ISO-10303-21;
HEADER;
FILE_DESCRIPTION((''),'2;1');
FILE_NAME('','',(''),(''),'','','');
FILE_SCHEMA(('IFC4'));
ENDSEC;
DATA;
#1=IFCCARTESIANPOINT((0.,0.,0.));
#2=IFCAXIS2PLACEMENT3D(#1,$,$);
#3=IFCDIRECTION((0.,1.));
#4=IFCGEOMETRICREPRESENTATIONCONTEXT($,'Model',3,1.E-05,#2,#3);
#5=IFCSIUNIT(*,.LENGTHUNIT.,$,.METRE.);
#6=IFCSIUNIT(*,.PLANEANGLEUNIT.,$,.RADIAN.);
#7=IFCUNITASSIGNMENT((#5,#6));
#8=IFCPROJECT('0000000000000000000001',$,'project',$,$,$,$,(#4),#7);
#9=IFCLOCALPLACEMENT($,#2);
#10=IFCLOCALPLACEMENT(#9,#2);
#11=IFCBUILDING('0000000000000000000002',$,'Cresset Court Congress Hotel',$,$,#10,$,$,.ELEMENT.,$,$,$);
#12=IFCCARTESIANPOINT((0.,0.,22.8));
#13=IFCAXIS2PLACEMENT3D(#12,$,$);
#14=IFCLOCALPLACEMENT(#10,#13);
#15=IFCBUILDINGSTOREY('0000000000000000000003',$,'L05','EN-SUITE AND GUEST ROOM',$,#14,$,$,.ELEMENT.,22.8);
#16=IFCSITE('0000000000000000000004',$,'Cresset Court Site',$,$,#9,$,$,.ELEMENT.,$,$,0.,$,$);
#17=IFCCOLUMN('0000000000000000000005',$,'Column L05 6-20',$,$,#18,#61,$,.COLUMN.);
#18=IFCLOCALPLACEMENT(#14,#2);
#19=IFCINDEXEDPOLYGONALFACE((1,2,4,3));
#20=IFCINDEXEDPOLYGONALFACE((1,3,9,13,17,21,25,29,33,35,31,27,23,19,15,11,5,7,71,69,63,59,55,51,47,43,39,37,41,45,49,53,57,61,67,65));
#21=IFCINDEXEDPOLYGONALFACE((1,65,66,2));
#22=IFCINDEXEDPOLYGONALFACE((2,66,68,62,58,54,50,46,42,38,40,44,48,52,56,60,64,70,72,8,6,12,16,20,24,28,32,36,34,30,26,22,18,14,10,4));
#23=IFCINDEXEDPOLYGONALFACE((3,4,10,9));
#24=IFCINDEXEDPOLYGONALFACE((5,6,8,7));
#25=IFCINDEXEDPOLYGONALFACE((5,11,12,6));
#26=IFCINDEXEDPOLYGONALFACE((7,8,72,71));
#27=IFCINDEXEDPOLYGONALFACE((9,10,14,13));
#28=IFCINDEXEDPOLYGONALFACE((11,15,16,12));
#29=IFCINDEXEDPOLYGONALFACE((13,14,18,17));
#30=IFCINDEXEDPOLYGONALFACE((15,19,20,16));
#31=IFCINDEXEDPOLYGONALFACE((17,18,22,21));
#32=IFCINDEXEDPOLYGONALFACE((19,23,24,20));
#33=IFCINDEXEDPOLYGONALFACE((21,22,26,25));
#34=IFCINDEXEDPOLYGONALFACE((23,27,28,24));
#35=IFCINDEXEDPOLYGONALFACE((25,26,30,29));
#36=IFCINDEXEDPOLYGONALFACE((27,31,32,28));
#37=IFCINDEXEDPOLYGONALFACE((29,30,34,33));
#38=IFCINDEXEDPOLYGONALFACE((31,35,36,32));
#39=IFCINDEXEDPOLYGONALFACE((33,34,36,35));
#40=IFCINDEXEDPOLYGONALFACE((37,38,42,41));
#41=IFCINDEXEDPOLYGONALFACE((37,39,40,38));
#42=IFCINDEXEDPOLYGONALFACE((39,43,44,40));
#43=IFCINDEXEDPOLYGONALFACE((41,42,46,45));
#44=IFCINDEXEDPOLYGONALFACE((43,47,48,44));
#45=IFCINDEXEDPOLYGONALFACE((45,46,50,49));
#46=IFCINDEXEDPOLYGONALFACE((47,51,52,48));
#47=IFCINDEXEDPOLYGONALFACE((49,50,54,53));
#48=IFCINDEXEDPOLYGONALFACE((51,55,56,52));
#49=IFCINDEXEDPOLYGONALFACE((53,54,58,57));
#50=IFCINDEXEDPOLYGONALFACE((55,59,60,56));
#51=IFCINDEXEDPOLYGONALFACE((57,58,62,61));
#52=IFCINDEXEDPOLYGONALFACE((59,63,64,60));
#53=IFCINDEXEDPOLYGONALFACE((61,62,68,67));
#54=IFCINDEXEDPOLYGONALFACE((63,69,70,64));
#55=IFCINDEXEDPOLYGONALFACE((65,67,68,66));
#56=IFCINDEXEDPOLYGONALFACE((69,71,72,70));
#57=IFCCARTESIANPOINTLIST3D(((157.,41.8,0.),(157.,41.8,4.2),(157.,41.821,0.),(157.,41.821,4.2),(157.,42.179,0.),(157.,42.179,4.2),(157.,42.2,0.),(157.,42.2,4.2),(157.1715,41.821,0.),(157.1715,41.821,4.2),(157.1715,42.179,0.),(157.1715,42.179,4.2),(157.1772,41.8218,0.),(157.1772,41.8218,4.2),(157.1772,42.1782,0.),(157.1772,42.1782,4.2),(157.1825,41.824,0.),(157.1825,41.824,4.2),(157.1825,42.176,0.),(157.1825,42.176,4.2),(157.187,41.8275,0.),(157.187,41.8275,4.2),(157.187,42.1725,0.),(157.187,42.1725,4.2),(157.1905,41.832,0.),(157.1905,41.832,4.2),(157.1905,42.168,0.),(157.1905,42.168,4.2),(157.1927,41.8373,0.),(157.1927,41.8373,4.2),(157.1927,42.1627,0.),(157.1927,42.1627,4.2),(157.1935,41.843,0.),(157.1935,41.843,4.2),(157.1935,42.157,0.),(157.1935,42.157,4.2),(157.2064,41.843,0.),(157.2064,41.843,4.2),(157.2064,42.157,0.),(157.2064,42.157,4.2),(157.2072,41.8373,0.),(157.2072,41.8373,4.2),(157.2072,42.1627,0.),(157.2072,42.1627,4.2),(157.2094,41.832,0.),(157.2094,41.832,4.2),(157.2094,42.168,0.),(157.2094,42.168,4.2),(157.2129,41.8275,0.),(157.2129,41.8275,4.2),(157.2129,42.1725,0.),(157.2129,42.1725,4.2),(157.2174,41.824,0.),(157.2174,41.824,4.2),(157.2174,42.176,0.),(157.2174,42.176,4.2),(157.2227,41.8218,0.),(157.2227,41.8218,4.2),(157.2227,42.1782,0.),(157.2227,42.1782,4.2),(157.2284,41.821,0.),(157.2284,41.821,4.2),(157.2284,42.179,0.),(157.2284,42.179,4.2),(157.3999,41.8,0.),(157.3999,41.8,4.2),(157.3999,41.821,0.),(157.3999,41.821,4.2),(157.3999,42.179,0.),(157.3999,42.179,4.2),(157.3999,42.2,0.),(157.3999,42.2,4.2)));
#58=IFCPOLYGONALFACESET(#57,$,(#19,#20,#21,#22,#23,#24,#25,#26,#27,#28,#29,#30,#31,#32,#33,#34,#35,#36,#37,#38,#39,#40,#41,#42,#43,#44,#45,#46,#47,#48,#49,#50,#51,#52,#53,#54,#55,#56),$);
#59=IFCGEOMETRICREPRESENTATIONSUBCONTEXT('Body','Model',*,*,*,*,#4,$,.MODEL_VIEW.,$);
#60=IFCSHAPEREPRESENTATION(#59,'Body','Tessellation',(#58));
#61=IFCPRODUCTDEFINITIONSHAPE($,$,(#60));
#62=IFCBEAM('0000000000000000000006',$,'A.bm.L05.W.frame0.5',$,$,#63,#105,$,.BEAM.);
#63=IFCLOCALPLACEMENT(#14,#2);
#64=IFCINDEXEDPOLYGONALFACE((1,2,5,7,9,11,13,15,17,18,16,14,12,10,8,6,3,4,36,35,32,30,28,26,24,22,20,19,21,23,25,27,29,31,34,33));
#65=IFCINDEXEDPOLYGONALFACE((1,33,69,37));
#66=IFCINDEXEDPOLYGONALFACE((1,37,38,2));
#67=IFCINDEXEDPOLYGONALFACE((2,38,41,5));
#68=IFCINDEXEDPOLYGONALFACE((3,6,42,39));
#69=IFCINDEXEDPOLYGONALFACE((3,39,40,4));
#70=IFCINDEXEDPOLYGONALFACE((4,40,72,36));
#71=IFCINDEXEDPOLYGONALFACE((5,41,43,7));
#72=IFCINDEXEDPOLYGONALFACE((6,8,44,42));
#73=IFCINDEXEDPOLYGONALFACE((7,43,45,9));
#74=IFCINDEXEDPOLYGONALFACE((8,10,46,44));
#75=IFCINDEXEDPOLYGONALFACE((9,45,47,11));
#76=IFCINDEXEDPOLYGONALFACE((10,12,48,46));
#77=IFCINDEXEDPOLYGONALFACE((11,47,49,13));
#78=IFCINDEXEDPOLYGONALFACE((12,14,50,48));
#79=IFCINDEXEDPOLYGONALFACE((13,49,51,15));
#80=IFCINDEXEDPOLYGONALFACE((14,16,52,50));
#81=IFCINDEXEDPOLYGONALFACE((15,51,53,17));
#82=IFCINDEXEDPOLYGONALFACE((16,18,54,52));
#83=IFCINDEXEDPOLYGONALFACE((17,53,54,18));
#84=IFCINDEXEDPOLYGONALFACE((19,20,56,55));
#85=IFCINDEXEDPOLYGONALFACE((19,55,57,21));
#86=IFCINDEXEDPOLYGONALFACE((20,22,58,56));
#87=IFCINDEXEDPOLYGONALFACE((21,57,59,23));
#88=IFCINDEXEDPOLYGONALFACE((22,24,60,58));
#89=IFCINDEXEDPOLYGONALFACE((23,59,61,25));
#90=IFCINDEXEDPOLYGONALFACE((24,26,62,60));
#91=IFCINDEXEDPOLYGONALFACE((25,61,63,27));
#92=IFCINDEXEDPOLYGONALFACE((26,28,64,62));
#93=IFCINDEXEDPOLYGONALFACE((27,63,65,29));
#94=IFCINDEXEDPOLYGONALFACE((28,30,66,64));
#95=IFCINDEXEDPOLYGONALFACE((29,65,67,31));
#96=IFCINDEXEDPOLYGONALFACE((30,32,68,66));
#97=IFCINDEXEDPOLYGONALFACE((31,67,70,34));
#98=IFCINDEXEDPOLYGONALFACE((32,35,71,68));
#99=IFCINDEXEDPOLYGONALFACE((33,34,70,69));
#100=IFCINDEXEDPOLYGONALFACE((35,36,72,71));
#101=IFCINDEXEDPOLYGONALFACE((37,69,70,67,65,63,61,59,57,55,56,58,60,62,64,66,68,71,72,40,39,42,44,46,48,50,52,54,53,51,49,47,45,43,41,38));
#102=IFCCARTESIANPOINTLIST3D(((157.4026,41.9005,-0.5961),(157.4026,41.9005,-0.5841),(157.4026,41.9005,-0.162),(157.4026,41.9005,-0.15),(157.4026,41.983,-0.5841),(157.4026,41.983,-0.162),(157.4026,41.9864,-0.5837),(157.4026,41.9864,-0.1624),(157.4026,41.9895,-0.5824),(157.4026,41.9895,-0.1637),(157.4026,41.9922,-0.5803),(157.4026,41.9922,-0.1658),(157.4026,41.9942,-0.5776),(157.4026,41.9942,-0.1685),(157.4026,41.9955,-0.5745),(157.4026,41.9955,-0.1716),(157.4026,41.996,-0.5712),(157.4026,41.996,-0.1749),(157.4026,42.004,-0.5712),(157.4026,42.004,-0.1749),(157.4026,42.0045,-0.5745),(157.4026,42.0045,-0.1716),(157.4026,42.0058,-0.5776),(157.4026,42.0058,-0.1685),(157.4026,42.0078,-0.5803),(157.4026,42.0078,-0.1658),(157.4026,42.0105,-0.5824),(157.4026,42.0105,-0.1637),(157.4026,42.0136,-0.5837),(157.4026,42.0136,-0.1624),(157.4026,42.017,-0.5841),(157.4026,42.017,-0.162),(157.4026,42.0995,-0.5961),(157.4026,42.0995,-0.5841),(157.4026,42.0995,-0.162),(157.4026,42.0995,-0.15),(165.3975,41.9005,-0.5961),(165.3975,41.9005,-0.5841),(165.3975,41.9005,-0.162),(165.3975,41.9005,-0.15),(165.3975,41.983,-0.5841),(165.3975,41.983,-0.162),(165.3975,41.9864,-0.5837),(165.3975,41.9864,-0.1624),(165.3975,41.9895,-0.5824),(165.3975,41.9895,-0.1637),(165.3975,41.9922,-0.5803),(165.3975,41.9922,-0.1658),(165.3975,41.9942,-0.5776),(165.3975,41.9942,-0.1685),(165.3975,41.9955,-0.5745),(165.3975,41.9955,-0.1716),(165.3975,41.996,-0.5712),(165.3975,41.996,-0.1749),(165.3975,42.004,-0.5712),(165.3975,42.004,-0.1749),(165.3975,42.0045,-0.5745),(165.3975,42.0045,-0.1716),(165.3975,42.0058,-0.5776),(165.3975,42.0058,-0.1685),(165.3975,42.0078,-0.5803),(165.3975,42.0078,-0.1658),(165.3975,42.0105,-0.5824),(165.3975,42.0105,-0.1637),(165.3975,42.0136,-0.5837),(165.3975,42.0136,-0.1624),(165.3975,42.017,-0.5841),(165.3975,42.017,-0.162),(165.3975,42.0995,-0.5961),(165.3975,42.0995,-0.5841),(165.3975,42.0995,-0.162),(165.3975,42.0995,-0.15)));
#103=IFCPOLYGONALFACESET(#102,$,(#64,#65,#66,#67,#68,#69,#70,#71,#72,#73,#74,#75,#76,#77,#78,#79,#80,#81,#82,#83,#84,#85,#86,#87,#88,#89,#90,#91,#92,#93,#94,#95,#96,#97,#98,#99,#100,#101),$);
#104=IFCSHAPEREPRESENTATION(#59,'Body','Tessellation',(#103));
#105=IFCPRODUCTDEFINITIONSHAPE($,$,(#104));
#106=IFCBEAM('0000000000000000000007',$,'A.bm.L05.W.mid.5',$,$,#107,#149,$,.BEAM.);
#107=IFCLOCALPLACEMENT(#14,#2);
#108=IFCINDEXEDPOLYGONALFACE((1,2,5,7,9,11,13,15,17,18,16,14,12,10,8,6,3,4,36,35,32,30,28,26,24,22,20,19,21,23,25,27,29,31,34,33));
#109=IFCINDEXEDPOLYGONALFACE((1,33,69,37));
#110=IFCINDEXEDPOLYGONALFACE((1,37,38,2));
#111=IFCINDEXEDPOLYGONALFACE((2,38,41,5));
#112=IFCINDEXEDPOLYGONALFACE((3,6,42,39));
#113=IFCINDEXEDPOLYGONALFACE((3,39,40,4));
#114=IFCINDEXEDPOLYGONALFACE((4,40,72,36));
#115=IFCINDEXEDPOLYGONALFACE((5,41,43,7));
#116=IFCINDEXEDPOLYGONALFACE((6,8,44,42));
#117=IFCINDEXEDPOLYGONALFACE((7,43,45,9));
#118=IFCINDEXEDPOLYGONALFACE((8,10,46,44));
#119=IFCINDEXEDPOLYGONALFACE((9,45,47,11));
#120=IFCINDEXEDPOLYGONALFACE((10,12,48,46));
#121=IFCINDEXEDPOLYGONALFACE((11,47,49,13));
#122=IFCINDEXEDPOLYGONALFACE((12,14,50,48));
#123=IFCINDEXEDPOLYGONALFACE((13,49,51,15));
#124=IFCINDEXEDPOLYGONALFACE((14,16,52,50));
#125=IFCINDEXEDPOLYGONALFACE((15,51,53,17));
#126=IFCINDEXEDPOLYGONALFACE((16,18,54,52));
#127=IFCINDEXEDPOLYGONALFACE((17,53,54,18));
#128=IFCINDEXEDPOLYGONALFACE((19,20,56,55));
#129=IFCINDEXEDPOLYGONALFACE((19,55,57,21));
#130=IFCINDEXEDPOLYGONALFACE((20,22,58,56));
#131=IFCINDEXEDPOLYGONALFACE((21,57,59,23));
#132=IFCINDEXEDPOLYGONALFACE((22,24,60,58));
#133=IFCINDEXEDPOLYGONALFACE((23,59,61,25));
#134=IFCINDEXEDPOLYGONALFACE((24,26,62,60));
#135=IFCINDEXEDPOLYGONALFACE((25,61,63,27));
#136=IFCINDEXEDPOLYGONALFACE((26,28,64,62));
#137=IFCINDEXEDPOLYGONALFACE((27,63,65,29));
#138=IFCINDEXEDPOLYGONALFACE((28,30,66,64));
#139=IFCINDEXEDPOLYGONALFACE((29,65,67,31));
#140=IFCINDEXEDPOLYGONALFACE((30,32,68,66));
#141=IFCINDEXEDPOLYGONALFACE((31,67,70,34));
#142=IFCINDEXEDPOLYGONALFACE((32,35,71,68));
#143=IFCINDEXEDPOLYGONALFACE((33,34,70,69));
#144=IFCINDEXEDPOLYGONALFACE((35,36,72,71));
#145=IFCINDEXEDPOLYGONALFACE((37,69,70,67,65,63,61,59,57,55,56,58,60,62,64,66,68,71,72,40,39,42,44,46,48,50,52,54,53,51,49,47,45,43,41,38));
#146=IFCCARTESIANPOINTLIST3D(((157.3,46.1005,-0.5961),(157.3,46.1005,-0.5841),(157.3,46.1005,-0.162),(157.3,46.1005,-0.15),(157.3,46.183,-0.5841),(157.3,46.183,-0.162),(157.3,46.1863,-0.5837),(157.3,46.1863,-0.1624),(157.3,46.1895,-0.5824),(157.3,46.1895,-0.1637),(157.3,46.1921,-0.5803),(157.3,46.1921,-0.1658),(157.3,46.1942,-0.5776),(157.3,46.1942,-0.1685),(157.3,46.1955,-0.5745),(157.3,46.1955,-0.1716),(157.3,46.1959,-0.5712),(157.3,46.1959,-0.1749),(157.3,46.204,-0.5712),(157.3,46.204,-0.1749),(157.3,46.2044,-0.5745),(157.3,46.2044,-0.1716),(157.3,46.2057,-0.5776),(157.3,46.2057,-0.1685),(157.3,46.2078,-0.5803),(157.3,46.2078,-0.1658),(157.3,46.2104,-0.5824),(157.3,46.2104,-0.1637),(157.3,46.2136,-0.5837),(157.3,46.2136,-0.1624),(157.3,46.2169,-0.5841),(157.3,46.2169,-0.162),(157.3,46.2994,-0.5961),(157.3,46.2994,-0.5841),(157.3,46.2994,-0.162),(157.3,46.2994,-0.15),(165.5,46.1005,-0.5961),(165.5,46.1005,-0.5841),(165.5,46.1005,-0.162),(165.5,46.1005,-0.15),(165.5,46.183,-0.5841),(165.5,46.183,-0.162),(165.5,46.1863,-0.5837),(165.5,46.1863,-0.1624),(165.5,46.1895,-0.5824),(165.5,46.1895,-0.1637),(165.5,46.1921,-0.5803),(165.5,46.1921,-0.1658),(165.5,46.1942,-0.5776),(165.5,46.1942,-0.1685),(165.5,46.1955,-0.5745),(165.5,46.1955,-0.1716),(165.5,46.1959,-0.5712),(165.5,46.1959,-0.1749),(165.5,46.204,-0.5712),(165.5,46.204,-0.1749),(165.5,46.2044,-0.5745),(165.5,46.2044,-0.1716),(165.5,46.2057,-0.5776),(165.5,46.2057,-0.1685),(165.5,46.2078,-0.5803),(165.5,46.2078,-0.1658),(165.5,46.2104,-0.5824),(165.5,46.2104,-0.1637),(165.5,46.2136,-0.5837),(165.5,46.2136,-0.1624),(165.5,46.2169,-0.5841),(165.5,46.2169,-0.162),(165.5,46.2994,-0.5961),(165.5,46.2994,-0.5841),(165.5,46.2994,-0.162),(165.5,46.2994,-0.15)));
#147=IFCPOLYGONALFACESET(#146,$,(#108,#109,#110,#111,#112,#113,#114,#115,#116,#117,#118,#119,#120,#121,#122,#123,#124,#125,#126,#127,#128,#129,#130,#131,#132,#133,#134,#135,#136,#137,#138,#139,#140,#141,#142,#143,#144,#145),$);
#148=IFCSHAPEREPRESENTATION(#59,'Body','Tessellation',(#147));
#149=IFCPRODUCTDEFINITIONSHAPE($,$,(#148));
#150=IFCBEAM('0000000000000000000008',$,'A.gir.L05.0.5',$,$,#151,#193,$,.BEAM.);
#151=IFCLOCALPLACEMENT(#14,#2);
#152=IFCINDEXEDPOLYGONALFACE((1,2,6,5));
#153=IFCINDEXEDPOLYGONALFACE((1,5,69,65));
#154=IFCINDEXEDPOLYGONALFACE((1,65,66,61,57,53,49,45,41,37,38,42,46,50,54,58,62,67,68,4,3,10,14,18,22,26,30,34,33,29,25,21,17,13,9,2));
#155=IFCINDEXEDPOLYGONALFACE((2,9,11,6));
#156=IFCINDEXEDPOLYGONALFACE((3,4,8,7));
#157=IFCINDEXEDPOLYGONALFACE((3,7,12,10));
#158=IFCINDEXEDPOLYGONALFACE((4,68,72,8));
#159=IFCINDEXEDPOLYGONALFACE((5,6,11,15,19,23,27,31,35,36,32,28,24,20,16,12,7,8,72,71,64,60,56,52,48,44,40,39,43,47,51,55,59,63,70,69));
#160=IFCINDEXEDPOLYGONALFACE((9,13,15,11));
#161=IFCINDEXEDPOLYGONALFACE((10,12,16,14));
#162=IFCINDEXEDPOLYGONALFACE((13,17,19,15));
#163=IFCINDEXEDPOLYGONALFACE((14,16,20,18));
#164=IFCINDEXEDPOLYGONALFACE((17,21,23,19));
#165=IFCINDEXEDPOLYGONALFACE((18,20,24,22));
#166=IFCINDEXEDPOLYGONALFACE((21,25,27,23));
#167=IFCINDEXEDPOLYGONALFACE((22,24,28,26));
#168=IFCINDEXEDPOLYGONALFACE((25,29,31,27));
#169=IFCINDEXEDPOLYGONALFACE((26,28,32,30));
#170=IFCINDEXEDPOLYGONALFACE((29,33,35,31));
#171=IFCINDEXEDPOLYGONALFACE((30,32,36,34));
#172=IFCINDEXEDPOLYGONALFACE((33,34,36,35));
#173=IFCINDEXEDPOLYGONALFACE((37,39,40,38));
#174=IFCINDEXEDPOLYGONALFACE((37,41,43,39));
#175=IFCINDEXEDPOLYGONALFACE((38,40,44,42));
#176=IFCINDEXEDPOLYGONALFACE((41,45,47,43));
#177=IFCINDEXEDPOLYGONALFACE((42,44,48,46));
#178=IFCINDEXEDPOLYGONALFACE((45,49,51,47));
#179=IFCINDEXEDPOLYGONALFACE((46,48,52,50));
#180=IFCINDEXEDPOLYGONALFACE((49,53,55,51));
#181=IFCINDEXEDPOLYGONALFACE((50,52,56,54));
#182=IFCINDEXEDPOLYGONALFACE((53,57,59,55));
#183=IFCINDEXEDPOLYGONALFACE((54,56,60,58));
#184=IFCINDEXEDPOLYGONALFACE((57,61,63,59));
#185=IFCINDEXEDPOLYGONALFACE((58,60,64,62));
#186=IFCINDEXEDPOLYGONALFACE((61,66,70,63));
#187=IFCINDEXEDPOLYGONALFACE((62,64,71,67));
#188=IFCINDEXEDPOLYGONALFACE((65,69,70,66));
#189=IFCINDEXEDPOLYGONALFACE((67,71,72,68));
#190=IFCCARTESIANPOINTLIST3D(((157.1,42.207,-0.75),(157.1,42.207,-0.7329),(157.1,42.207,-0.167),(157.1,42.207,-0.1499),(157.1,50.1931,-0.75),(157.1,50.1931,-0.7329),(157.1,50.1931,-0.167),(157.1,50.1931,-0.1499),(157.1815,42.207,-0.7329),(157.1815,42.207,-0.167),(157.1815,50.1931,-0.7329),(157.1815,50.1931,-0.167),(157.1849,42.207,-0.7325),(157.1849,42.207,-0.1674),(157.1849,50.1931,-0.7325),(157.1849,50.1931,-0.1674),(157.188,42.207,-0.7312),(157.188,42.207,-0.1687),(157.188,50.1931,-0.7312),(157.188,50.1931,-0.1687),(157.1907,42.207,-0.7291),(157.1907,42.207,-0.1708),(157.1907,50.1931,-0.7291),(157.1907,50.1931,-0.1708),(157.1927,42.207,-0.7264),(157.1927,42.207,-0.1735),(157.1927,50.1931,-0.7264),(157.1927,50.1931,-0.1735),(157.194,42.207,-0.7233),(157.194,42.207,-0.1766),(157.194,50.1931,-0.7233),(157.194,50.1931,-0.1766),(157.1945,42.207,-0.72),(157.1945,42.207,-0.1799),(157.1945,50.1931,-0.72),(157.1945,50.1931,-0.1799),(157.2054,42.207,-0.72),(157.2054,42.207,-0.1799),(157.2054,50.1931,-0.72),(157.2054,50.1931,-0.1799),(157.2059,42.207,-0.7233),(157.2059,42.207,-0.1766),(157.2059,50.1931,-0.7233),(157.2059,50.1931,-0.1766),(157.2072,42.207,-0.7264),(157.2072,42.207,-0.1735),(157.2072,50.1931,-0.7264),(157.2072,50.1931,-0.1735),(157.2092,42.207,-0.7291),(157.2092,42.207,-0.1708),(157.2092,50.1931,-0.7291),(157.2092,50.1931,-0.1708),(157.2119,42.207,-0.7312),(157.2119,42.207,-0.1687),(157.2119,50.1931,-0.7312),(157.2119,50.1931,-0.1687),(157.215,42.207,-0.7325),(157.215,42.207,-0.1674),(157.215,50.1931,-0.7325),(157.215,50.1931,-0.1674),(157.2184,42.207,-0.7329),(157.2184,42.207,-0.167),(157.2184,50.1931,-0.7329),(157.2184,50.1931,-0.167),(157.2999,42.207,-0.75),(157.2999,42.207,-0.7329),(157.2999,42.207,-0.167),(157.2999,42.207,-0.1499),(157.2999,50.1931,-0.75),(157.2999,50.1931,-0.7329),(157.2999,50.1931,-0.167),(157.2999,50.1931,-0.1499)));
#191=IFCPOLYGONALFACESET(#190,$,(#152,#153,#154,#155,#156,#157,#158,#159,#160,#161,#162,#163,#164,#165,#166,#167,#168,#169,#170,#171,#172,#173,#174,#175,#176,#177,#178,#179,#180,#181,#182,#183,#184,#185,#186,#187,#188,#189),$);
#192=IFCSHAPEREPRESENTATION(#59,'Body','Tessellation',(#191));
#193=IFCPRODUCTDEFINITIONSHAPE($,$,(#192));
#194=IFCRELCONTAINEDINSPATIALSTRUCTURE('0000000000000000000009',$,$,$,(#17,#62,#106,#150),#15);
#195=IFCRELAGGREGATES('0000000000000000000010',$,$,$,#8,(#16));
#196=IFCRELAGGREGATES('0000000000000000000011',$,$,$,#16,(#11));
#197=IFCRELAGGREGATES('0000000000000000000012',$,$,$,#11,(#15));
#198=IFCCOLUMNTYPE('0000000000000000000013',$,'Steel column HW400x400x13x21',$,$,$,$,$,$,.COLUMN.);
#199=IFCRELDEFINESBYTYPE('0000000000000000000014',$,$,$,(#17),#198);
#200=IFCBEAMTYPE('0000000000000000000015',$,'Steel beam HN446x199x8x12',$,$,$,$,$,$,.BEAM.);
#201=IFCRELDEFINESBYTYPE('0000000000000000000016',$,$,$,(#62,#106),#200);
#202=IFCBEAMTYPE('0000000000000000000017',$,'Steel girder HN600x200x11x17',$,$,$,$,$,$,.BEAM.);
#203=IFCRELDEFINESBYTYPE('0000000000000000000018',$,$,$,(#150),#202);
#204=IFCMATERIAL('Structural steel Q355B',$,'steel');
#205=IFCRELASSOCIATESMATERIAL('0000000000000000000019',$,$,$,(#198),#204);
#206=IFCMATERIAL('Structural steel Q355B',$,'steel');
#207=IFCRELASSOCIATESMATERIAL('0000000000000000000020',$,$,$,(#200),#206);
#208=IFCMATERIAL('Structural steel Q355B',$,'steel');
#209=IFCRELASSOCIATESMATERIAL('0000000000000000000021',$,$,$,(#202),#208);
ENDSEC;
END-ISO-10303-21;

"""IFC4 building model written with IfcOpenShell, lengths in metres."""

from ifc_helpers import new_model, si_unit, direction, frame, origin, origin_2d, place, context, subcontext, project, spatial, i_section, extrude, material, material_profile, profile_set, type_object, element, save


model = new_model("IFC4")

# Units and contexts
model_context = context("Model", 3, precision=1e-05, world=origin(), true_north=direction((0.0, 1.0)))
body_context = subcontext(model_context, "Body", "Model", "MODEL_VIEW")
ifc_project = project(units=[si_unit("LENGTHUNIT", "METRE"), si_unit("PLANEANGLEUNIT", "RADIAN")], contexts=[model_context])

# Site, building, storey
site_placement = place(None, origin())
site = spatial("IfcSite", under=ifc_project, at=site_placement, Name="Cresset Court Site", CompositionType="ELEMENT", RefElevation=0.0)
building_placement = place(site_placement, origin())
building = spatial("IfcBuilding", under=site, at=building_placement, Name="Cresset Court Congress Hotel", CompositionType="ELEMENT")
storey_placement = place(building_placement, frame((0.0, 0.0, 22.8)))
storey = spatial("IfcBuildingStorey", under=building, at=storey_placement, Name="L05", Description="EN-SUITE AND GUEST ROOM", CompositionType="ELEMENT", Elevation=22.8)

# Column
ifc_material_1 = material(Name="Structural steel Q355B", Category="steel")
ifc_material_profile_1 = material_profile(ifc_material_1, i_section(OverallWidth=0.3999, OverallDepth=0.3999, WebThickness=0.0129, FlangeThickness=0.021, FilletRadius=0.022, at=origin_2d()), Name="HW400x400x13x21")
ifc_profile_set_1 = profile_set([ifc_material_profile_1], Name="Structural steel Q355B")
column_type = type_object("IfcColumnType", Name="Steel column HW400x400x13x21", PredefinedType="COLUMN", material=ifc_profile_set_1)
column_placement = place(storey_placement, frame((157.2, 42.0, 0.0), z_axis=(0.0, 0.0, 1.0), x_axis=(1.0, 0.0, 0.0)))
element("IfcColumn", 1, at=column_placement, inside=storey, type_object=column_type, Name="Column L05 6-20", PredefinedType="COLUMN", context=body_context, shape_type="SweptSolid", body=[
    extrude(i_section(OverallWidth=0.3999, OverallDepth=0.3999, WebThickness=0.0129, FlangeThickness=0.021, FilletRadius=0.022, at=origin_2d()), origin(), (0.0, 0.0, 1.0), 4.2),
])

# Beams
ifc_material_2 = material(Name="Structural steel Q355B", Category="steel")
ifc_material_profile_2 = material_profile(ifc_material_2, i_section(OverallWidth=0.199, OverallDepth=0.446, WebThickness=0.0081, FlangeThickness=0.012, FilletRadius=0.0129, at=origin_2d()), Name="HN446x199x8x12")
ifc_profile_set_2 = profile_set([ifc_material_profile_2], Name="Structural steel Q355B")
beam_type_1 = type_object("IfcBeamType", Name="Steel beam HN446x199x8x12", PredefinedType="BEAM", material=ifc_profile_set_2)
beam_1_placement = place(storey_placement, frame((157.4026, 42.0, -0.373), z_axis=(1.0, 0.0, 0.0), x_axis=(0.0, 1.0, 0.0)))
element("IfcBeam", 2, at=beam_1_placement, inside=storey, type_object=beam_type_1, Name="A.bm.L05.W.frame0.5", PredefinedType="BEAM", context=body_context, shape_type="SweptSolid", body=[
    extrude(i_section(OverallWidth=0.199, OverallDepth=0.446, WebThickness=0.0081, FlangeThickness=0.012, FilletRadius=0.0129, at=origin_2d()), origin(), (0.0, 0.0, 1.0), 7.9949),
])
beam_2_placement = place(storey_placement, frame((157.3, 46.2, -0.373), z_axis=(1.0, 0.0, 0.0), x_axis=(0.0, 1.0, 0.0)))
element("IfcBeam", 3, at=beam_2_placement, inside=storey, type_object=beam_type_1, Name="A.bm.L05.W.mid.5", PredefinedType="BEAM", context=body_context, shape_type="SweptSolid", body=[
    extrude(i_section(OverallWidth=0.199, OverallDepth=0.446, WebThickness=0.0081, FlangeThickness=0.012, FilletRadius=0.0129, at=origin_2d()), origin(), (0.0, 0.0, 1.0), 8.2),
])
ifc_material_3 = material(Name="Structural steel Q355B", Category="steel")
ifc_material_profile_3 = material_profile(ifc_material_3, i_section(OverallWidth=0.2, OverallDepth=0.6001, WebThickness=0.011, FlangeThickness=0.0171, FilletRadius=0.0129, at=origin_2d()), Name="HN600x200x11x17")
ifc_profile_set_3 = profile_set([ifc_material_profile_3], Name="Structural steel Q355B")
beam_type_2 = type_object("IfcBeamType", Name="Steel girder HN600x200x11x17", PredefinedType="BEAM", material=ifc_profile_set_3)
beam_3_placement = place(storey_placement, frame((157.2, 42.207, -0.45), z_axis=(0.0, 1.0, 0.0), x_axis=(-1.0, 0.0, 0.0)))
element("IfcBeam", 4, at=beam_3_placement, inside=storey, type_object=beam_type_2, Name="A.gir.L05.0.5", PredefinedType="BEAM", context=body_context, shape_type="SweptSolid", body=[
    extrude(i_section(OverallWidth=0.2, OverallDepth=0.6001, WebThickness=0.011, FlangeThickness=0.0171, FilletRadius=0.0129, at=origin_2d()), origin(), (0.0, 0.0, 1.0), 7.9861),
])

save(model, "model.ifc")
